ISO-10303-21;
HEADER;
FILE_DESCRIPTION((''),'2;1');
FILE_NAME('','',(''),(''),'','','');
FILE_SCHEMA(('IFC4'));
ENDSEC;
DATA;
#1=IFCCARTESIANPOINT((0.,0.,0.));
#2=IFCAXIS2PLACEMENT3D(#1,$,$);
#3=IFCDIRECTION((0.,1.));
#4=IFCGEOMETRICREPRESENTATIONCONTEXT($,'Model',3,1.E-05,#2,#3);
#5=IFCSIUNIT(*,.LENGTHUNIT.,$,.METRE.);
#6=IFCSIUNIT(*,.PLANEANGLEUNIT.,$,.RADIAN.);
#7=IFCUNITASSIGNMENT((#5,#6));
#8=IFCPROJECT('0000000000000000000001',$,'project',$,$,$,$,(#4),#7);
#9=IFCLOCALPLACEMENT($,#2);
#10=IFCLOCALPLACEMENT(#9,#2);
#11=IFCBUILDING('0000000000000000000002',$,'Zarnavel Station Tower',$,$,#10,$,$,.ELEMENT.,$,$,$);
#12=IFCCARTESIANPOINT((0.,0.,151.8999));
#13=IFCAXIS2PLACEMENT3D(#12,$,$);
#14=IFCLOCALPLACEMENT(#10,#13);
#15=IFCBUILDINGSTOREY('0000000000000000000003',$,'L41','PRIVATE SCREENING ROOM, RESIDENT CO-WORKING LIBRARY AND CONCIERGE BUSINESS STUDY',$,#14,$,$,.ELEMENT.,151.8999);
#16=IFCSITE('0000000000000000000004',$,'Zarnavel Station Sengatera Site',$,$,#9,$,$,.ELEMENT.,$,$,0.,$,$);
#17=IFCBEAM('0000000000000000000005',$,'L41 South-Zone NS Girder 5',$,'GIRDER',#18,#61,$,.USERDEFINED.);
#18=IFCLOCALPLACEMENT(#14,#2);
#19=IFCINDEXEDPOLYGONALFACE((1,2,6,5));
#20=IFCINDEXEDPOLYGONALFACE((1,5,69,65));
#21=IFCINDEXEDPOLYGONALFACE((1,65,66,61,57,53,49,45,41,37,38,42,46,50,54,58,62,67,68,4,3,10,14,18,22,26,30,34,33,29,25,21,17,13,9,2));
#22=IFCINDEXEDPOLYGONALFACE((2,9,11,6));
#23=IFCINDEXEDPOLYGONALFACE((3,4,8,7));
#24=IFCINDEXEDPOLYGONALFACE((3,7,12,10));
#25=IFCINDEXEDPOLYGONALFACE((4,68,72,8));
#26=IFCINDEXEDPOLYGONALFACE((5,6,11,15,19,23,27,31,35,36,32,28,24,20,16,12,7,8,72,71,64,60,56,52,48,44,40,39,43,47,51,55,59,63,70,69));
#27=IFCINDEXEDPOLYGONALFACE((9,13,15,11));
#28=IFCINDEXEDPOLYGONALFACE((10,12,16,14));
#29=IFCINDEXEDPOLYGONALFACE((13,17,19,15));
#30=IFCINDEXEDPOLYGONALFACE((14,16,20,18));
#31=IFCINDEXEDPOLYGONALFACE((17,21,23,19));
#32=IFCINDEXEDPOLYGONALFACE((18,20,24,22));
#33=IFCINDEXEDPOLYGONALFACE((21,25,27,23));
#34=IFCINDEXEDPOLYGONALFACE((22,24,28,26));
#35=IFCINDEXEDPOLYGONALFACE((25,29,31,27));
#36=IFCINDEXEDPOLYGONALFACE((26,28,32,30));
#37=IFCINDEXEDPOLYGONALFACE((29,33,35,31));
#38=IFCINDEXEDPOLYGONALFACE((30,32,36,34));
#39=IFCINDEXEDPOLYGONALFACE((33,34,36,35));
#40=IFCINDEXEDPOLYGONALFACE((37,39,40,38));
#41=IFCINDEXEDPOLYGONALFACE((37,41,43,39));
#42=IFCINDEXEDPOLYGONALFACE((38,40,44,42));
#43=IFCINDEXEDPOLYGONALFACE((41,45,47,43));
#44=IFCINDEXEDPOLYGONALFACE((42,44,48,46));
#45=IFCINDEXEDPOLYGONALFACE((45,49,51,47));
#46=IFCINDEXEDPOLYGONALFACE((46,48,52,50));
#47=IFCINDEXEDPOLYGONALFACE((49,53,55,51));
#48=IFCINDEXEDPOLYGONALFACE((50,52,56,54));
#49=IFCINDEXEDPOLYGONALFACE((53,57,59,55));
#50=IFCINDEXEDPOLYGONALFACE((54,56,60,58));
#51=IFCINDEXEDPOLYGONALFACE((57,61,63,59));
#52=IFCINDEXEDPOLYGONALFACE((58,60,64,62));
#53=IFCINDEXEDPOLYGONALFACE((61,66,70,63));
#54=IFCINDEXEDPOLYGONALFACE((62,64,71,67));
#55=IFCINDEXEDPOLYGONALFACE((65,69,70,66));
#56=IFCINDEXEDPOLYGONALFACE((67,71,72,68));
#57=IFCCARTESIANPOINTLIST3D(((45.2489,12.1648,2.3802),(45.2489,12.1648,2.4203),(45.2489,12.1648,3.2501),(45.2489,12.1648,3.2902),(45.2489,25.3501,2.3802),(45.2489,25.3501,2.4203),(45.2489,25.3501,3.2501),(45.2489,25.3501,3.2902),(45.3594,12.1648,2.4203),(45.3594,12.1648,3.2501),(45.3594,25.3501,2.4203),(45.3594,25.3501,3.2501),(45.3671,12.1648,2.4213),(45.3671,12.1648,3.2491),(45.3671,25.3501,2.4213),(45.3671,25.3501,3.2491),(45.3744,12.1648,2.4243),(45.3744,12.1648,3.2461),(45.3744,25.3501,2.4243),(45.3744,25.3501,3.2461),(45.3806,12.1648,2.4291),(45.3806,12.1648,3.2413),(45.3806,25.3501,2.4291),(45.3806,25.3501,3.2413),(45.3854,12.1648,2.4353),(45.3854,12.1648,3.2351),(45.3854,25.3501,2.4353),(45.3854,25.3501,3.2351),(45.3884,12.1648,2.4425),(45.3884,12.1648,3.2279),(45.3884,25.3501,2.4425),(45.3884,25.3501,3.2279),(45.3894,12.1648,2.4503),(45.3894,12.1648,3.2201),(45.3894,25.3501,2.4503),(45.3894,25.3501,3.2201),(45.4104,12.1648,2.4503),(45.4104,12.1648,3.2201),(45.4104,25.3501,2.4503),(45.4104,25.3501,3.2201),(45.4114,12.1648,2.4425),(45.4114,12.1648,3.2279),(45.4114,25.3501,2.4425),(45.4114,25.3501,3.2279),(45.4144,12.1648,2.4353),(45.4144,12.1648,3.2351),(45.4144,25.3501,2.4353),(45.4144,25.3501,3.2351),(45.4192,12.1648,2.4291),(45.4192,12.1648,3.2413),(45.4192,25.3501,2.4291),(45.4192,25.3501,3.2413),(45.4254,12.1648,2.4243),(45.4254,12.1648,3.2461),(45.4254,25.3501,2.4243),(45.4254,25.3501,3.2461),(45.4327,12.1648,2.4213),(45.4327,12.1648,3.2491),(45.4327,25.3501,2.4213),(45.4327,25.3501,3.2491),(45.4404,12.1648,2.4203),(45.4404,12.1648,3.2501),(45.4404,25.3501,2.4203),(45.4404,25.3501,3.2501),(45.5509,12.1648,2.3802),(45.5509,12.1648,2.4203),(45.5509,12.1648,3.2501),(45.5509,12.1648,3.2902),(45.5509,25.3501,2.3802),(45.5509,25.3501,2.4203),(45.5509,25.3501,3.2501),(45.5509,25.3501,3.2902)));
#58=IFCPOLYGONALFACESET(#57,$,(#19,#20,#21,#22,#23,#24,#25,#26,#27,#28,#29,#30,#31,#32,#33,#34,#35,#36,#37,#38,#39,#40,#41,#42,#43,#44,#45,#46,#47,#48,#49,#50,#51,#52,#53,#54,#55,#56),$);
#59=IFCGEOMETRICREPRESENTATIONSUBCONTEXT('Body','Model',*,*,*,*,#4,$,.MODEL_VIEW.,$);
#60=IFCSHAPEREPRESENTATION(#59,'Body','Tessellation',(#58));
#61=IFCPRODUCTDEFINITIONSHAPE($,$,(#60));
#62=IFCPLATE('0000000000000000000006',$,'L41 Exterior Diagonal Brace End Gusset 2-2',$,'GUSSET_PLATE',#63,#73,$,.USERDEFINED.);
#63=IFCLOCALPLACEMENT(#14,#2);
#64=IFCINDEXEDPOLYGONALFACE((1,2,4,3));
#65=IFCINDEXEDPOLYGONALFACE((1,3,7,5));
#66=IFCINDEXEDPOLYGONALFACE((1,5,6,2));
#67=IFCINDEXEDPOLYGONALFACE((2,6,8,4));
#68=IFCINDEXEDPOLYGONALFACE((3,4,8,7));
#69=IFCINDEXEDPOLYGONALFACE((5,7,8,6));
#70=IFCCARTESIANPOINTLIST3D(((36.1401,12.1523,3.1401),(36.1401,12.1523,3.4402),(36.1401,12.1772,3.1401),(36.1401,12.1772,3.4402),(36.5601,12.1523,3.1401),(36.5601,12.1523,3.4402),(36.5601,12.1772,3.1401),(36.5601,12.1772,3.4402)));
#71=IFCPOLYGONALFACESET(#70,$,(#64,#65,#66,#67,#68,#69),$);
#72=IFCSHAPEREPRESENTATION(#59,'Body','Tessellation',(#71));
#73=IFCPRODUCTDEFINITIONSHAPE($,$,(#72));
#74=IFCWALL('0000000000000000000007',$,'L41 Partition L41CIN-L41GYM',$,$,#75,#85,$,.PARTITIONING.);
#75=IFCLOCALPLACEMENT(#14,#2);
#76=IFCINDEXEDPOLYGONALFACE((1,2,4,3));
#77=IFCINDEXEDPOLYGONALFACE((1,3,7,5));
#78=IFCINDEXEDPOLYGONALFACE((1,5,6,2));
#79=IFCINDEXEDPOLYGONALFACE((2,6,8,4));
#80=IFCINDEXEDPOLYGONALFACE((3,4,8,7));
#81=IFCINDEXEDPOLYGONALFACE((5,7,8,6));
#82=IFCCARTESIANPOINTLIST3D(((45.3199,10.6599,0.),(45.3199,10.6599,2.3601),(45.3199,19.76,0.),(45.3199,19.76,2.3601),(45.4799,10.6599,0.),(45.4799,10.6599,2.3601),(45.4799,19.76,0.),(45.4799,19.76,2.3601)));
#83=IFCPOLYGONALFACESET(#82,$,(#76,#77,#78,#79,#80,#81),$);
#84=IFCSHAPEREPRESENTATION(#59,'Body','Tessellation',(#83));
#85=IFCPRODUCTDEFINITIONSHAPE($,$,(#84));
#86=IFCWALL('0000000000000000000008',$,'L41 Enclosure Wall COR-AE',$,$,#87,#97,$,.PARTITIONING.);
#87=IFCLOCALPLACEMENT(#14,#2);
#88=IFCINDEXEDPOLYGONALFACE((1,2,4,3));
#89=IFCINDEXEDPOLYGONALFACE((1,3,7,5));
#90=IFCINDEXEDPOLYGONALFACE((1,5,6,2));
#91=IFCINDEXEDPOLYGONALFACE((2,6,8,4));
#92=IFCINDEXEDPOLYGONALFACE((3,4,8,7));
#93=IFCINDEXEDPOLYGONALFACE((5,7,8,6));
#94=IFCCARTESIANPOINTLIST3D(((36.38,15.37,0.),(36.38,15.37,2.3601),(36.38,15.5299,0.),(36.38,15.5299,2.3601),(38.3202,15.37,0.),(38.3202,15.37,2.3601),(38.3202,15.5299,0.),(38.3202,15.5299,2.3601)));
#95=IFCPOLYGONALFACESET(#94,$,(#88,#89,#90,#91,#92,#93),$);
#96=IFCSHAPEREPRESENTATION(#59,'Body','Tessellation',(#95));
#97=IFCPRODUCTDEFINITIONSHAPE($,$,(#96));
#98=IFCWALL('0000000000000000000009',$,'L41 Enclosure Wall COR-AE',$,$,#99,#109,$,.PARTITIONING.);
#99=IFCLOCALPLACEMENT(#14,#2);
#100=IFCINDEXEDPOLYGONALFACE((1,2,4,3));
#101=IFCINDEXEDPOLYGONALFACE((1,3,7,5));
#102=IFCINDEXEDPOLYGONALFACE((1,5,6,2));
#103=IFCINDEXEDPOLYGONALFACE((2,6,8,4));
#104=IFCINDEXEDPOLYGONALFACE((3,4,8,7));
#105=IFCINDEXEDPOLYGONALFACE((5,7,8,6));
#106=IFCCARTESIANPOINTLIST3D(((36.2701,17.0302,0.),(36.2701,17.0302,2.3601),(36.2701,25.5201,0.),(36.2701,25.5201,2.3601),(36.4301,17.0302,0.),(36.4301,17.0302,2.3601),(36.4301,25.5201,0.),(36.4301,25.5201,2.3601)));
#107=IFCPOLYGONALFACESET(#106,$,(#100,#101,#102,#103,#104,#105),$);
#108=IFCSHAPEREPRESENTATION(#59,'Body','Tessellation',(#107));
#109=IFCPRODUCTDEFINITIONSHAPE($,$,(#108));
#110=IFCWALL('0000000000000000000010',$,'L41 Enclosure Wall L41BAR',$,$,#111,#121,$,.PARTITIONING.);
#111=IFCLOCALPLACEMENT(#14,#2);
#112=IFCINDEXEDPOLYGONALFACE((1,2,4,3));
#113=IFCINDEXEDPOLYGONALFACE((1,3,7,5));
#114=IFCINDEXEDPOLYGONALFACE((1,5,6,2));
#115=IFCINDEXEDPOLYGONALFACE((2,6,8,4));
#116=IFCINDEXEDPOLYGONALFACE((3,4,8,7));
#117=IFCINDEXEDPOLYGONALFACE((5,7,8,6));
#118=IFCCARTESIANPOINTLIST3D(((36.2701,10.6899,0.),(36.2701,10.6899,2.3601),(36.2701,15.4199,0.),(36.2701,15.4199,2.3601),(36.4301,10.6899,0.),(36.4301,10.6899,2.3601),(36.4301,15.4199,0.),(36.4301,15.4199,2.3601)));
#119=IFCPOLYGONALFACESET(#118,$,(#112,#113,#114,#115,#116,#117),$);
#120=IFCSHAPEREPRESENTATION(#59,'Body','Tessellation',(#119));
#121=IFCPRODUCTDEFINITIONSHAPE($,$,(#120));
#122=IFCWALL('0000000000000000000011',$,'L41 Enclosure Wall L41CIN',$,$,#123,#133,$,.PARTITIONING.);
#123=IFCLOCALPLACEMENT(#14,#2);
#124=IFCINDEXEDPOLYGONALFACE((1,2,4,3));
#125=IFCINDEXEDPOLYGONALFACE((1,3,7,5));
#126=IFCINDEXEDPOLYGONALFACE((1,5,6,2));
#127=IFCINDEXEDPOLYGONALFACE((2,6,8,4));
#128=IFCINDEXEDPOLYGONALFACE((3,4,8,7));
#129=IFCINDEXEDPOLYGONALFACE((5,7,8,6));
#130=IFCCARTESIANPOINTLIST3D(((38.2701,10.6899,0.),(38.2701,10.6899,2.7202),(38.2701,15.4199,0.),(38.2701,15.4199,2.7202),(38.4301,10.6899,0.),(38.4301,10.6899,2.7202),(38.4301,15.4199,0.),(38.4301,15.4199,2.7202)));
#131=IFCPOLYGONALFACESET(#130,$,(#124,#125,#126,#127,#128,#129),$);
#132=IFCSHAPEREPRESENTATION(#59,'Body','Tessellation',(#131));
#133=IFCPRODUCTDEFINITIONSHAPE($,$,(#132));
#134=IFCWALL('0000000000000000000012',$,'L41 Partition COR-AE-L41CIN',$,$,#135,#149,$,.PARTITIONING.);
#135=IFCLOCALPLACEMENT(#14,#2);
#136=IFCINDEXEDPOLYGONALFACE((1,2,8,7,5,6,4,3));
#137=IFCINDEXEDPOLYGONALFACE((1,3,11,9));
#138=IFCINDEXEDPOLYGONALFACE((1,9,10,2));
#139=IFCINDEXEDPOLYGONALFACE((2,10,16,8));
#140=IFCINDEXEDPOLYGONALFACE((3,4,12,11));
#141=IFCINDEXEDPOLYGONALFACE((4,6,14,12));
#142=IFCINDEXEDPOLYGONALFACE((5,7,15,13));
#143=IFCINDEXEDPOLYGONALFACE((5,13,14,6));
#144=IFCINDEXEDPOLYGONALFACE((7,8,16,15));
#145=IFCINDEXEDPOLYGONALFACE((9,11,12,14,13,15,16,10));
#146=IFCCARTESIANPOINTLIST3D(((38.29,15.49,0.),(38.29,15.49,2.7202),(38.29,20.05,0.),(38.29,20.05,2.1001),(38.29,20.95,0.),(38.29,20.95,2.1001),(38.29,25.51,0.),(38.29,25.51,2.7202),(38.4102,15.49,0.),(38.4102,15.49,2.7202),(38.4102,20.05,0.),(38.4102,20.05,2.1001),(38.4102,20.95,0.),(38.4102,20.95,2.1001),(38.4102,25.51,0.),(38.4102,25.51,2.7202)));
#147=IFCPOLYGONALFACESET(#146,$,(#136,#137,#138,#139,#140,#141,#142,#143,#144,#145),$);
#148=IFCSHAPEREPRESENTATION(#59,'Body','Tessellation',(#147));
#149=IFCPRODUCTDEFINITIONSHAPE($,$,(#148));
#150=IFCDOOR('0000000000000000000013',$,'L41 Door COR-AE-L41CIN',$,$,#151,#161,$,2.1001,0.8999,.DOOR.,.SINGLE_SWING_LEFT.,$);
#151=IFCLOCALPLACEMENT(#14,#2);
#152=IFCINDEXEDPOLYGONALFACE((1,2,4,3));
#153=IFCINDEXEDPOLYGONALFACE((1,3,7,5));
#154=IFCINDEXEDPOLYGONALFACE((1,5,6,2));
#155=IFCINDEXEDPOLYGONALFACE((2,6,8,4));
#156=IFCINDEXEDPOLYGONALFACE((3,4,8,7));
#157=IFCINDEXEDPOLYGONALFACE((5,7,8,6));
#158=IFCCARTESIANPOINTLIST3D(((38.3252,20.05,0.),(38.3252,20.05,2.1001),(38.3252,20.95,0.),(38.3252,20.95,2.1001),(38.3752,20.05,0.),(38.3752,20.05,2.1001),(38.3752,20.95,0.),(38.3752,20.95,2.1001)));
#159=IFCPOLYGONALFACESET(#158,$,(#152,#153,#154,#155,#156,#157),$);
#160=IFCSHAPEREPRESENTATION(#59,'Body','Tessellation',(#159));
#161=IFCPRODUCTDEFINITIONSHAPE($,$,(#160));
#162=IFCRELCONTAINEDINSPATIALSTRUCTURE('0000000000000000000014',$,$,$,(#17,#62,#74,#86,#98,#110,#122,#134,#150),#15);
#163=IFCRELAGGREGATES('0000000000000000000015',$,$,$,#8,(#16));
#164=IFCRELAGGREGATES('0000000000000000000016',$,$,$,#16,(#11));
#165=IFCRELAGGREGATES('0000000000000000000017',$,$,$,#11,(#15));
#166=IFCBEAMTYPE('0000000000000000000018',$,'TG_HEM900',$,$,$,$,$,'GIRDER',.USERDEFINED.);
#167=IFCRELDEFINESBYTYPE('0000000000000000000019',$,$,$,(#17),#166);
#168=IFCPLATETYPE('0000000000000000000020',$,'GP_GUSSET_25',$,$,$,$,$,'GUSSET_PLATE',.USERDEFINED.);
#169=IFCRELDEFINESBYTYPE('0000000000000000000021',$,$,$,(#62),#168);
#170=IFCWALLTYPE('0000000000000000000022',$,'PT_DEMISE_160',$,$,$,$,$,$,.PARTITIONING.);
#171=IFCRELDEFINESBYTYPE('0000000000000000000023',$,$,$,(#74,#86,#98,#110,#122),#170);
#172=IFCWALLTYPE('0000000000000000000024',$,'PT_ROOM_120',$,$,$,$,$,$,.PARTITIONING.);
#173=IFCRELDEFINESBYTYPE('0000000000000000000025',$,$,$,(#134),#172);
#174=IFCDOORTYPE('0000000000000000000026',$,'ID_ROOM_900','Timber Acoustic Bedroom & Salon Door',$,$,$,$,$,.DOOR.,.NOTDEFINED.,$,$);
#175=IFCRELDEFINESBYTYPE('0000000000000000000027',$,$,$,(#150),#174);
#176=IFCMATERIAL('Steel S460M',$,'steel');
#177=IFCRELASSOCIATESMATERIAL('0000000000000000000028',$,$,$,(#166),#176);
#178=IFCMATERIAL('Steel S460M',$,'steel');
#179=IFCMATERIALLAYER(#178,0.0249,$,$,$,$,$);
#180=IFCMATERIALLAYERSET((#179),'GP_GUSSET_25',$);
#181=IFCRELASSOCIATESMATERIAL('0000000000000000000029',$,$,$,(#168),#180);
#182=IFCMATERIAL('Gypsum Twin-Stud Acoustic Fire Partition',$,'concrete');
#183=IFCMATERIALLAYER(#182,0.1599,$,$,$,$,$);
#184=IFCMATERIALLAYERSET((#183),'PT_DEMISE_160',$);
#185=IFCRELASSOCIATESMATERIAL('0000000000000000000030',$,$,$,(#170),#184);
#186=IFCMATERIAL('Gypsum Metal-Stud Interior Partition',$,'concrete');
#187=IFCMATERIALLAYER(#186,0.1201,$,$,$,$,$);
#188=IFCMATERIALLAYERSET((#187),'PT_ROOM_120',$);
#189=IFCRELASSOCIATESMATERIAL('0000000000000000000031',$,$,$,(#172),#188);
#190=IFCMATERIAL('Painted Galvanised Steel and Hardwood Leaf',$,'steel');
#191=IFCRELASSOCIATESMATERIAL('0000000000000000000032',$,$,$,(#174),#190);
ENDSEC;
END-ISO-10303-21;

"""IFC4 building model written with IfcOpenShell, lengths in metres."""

from ifc_helpers import new_model, si_unit, direction, frame, frame_2d, origin, origin_2d, place, context, subcontext, project, spatial, rectangle, i_section, extrude, material, layer, layer_set, material_profile, profile_set, type_object, element, fill, save


model = new_model("IFC4")

# Units and contexts
model_context = context("Model", 3, precision=1e-05, world=origin(), true_north=direction((0.0, 1.0)))
body_context = subcontext(model_context, "Body", "Model", "MODEL_VIEW")
ifc_project = project(units=[si_unit("LENGTHUNIT", "METRE"), si_unit("PLANEANGLEUNIT", "RADIAN")], contexts=[model_context])

# Site, building, storey
site_placement = place(None, origin())
site = spatial("IfcSite", under=ifc_project, at=site_placement, Name="Zarnavel Station Sengatera Site", CompositionType="ELEMENT", RefElevation=0.0)
building_placement = place(site_placement, origin())
building = spatial("IfcBuilding", under=site, at=building_placement, Name="Zarnavel Station Tower", CompositionType="ELEMENT")
storey_placement = place(building_placement, frame((0.0, 0.0, 151.8999)))
storey = spatial("IfcBuildingStorey", under=building, at=storey_placement, Name="L41", Description="PRIVATE SCREENING ROOM, RESIDENT CO-WORKING LIBRARY AND CONCIERGE BUSINESS STUDY", CompositionType="ELEMENT", Elevation=151.8999)

# Beam
ifc_material_1 = material(Name="Steel S460M", Category="steel")
ifc_material_profile_1 = material_profile(ifc_material_1, i_section(OverallWidth=0.302, OverallDepth=0.9099, WebThickness=0.021, FlangeThickness=0.04, FilletRadius=0.03, at=origin_2d()), Name="HEM900")
ifc_profile_set_1 = profile_set([ifc_material_profile_1], Name="Steel S460M")
beam_type_1 = type_object("IfcBeamType", Name="TG_HEM900", ElementType="GIRDER", PredefinedType="USERDEFINED", material=ifc_profile_set_1)
for number, where, z_axis, x_axis, name in (
    (1, (45.3999, 12.1648, 2.8352), (0.0, 1.0, 0.0), (-1.0, 0.0, 0.0), "L41 South-Zone NS Girder 5"),
):
    element("IfcBeam", number, at=place(storey_placement, frame(where, z_axis=z_axis, x_axis=x_axis)), inside=storey, type_object=beam_type_1, Name=name, ObjectType="GIRDER", PredefinedType="USERDEFINED", context=body_context, shape_type="SweptSolid", body=[
        extrude(i_section(OverallWidth=0.302, OverallDepth=0.9099, WebThickness=0.021, FlangeThickness=0.04, FilletRadius=0.03, at=origin_2d()), origin(), (0.0, 0.0, 1.0), 13.1853),
    ])

# Plate
ifc_material_2 = material(Name="Steel S460M", Category="steel")
ifc_layer_1 = layer(ifc_material_2, 0.0249)
ifc_layer_set_1 = layer_set([ifc_layer_1], Name="GP_GUSSET_25")
plate_type = type_object("IfcPlateType", Name="GP_GUSSET_25", ElementType="GUSSET_PLATE", PredefinedType="USERDEFINED", material=ifc_layer_set_1)
plate_placement = place(storey_placement, frame((36.3501, 12.1648, 3.1401), z_axis=(0.0, 0.0, 1.0), x_axis=(1.0, 0.0, 0.0)))
element("IfcPlate", 2, at=plate_placement, inside=storey, type_object=plate_type, Name="L41 Exterior Diagonal Brace End Gusset 2-2", ObjectType="GUSSET_PLATE", PredefinedType="USERDEFINED", context=body_context, shape_type="SweptSolid", body=[
    extrude(rectangle(XDim=0.4199, YDim=0.0249, at=origin_2d()), origin(), (0.0, 0.0, 1.0), 0.3),
])

# Walls
ifc_material_3 = material(Name="Gypsum Twin-Stud Acoustic Fire Partition", Category="concrete")
ifc_layer_2 = layer(ifc_material_3, 0.1599)
ifc_layer_set_2 = layer_set([ifc_layer_2], Name="PT_DEMISE_160")
wall_type_1 = type_object("IfcWallType", Name="PT_DEMISE_160", PredefinedType="PARTITIONING", material=ifc_layer_set_2)
wall_1_placement = place(storey_placement, frame((45.3999, 10.6599, 0.0), z_axis=(0.0, 0.0, 1.0), x_axis=(0.0, 1.0, 0.0)))
element("IfcWall", 3, at=wall_1_placement, inside=storey, type_object=wall_type_1, Name="L41 Partition L41CIN-L41GYM", PredefinedType="PARTITIONING", context=body_context, shape_type="SweptSolid", body=[
    extrude(rectangle(XDim=9.1001, YDim=0.1599, at=frame_2d((4.55, 0.0))), origin(), (0.0, 0.0, 1.0), 2.3601),
])
wall_2_placement = place(storey_placement, frame((36.3799, 15.45, 0.0), z_axis=(0.0, 0.0, 1.0), x_axis=(1.0, 0.0, 0.0)))
element("IfcWall", 4, at=wall_2_placement, inside=storey, type_object=wall_type_1, Name="L41 Enclosure Wall COR-AE", PredefinedType="PARTITIONING", context=body_context, shape_type="SweptSolid", body=[
    extrude(rectangle(XDim=1.9402, YDim=0.1599, at=frame_2d((0.9702, 0.0))), origin(), (0.0, 0.0, 1.0), 2.3601),
])
wall_3_placement = place(storey_placement, frame((36.3501, 17.03, 0.0), z_axis=(0.0, 0.0, 1.0), x_axis=(0.0, 1.0, 0.0)))
element("IfcWall", 5, at=wall_3_placement, inside=storey, type_object=wall_type_1, Name="L41 Enclosure Wall COR-AE", PredefinedType="PARTITIONING", context=body_context, shape_type="SweptSolid", body=[
    extrude(rectangle(XDim=8.49, YDim=0.1599, at=frame_2d((4.2451, 0.0))), origin(), (0.0, 0.0, 1.0), 2.3601),
])
wall_4_placement = place(storey_placement, frame((36.3501, 10.6899, 0.0), z_axis=(0.0, 0.0, 1.0), x_axis=(0.0, 1.0, 0.0)))
element("IfcWall", 6, at=wall_4_placement, inside=storey, type_object=wall_type_1, Name="L41 Enclosure Wall L41BAR", PredefinedType="PARTITIONING", context=body_context, shape_type="SweptSolid", body=[
    extrude(rectangle(XDim=4.73, YDim=0.1599, at=frame_2d((2.365, 0.0))), origin(), (0.0, 0.0, 1.0), 2.3601),
])
wall_5_placement = place(storey_placement, frame((38.3501, 10.6899, 0.0), z_axis=(0.0, 0.0, 1.0), x_axis=(0.0, 1.0, 0.0)))
element("IfcWall", 7, at=wall_5_placement, inside=storey, type_object=wall_type_1, Name="L41 Enclosure Wall L41CIN", PredefinedType="PARTITIONING", context=body_context, shape_type="SweptSolid", body=[
    extrude(rectangle(XDim=4.73, YDim=0.1599, at=frame_2d((2.365, 0.0))), origin(), (0.0, 0.0, 1.0), 2.7202),
])

# Wall, opening, door
ifc_material_4 = material(Name="Gypsum Metal-Stud Interior Partition", Category="concrete")
ifc_layer_3 = layer(ifc_material_4, 0.1201)
ifc_layer_set_3 = layer_set([ifc_layer_3], Name="PT_ROOM_120")
wall_type_2 = type_object("IfcWallType", Name="PT_ROOM_120", PredefinedType="PARTITIONING", material=ifc_layer_set_3)
wall_6_placement = place(storey_placement, frame((38.3501, 15.49, 0.0), z_axis=(0.0, 0.0, 1.0), x_axis=(0.0, 1.0, 0.0)))
wall_6 = element("IfcWall", 8, at=wall_6_placement, inside=storey, type_object=wall_type_2, Name="L41 Partition COR-AE-L41CIN", PredefinedType="PARTITIONING", context=body_context, shape_type="SweptSolid", body=[
    extrude(rectangle(XDim=10.02, YDim=0.1201, at=frame_2d((5.01, 0.0))), origin(), (0.0, 0.0, 1.0), 2.7202),
])
opening_placement = place(wall_6_placement, frame((4.5601, 0.0, 0.0)))
opening = element("IfcOpeningElement", 9, at=opening_placement, cuts=wall_6, PredefinedType="OPENING", context=body_context, shape_type="SweptSolid", body=[
    extrude(rectangle(XDim=0.8999, YDim=2.1001, at=frame_2d((0.45, 1.05))), frame((0.0, 0.0701, 0.0), z_axis=(0.0, -1.0, 0.0), x_axis=(1.0, 0.0, 0.0)), (0.0, 0.0, 1.0), 0.1401),
])
ifc_material_5 = material(Name="Painted Galvanised Steel and Hardwood Leaf", Category="steel")
door_type = type_object("IfcDoorType", Name="ID_ROOM_900", Description="Timber Acoustic Bedroom & Salon Door", OperationType="NOTDEFINED", PredefinedType="DOOR", material=ifc_material_5)
door_placement = place(opening_placement, origin())
door = element("IfcDoor", 10, at=door_placement, inside=storey, type_object=door_type, Name="L41 Door COR-AE-L41CIN", OperationType="SINGLE_SWING_LEFT", OverallHeight=2.1001, OverallWidth=0.8999, PredefinedType="DOOR", context=body_context, shape_type="SweptSolid", body=[
    extrude(rectangle(XDim=0.8999, YDim=2.1001, at=frame_2d((0.45, 1.05))), frame((0.0, 0.0249, 0.0), z_axis=(0.0, -1.0, 0.0), x_axis=(1.0, 0.0, 0.0)), (0.0, 0.0, 1.0), 0.05),
])
fill(opening, door)

save(model, "model.ifc")
